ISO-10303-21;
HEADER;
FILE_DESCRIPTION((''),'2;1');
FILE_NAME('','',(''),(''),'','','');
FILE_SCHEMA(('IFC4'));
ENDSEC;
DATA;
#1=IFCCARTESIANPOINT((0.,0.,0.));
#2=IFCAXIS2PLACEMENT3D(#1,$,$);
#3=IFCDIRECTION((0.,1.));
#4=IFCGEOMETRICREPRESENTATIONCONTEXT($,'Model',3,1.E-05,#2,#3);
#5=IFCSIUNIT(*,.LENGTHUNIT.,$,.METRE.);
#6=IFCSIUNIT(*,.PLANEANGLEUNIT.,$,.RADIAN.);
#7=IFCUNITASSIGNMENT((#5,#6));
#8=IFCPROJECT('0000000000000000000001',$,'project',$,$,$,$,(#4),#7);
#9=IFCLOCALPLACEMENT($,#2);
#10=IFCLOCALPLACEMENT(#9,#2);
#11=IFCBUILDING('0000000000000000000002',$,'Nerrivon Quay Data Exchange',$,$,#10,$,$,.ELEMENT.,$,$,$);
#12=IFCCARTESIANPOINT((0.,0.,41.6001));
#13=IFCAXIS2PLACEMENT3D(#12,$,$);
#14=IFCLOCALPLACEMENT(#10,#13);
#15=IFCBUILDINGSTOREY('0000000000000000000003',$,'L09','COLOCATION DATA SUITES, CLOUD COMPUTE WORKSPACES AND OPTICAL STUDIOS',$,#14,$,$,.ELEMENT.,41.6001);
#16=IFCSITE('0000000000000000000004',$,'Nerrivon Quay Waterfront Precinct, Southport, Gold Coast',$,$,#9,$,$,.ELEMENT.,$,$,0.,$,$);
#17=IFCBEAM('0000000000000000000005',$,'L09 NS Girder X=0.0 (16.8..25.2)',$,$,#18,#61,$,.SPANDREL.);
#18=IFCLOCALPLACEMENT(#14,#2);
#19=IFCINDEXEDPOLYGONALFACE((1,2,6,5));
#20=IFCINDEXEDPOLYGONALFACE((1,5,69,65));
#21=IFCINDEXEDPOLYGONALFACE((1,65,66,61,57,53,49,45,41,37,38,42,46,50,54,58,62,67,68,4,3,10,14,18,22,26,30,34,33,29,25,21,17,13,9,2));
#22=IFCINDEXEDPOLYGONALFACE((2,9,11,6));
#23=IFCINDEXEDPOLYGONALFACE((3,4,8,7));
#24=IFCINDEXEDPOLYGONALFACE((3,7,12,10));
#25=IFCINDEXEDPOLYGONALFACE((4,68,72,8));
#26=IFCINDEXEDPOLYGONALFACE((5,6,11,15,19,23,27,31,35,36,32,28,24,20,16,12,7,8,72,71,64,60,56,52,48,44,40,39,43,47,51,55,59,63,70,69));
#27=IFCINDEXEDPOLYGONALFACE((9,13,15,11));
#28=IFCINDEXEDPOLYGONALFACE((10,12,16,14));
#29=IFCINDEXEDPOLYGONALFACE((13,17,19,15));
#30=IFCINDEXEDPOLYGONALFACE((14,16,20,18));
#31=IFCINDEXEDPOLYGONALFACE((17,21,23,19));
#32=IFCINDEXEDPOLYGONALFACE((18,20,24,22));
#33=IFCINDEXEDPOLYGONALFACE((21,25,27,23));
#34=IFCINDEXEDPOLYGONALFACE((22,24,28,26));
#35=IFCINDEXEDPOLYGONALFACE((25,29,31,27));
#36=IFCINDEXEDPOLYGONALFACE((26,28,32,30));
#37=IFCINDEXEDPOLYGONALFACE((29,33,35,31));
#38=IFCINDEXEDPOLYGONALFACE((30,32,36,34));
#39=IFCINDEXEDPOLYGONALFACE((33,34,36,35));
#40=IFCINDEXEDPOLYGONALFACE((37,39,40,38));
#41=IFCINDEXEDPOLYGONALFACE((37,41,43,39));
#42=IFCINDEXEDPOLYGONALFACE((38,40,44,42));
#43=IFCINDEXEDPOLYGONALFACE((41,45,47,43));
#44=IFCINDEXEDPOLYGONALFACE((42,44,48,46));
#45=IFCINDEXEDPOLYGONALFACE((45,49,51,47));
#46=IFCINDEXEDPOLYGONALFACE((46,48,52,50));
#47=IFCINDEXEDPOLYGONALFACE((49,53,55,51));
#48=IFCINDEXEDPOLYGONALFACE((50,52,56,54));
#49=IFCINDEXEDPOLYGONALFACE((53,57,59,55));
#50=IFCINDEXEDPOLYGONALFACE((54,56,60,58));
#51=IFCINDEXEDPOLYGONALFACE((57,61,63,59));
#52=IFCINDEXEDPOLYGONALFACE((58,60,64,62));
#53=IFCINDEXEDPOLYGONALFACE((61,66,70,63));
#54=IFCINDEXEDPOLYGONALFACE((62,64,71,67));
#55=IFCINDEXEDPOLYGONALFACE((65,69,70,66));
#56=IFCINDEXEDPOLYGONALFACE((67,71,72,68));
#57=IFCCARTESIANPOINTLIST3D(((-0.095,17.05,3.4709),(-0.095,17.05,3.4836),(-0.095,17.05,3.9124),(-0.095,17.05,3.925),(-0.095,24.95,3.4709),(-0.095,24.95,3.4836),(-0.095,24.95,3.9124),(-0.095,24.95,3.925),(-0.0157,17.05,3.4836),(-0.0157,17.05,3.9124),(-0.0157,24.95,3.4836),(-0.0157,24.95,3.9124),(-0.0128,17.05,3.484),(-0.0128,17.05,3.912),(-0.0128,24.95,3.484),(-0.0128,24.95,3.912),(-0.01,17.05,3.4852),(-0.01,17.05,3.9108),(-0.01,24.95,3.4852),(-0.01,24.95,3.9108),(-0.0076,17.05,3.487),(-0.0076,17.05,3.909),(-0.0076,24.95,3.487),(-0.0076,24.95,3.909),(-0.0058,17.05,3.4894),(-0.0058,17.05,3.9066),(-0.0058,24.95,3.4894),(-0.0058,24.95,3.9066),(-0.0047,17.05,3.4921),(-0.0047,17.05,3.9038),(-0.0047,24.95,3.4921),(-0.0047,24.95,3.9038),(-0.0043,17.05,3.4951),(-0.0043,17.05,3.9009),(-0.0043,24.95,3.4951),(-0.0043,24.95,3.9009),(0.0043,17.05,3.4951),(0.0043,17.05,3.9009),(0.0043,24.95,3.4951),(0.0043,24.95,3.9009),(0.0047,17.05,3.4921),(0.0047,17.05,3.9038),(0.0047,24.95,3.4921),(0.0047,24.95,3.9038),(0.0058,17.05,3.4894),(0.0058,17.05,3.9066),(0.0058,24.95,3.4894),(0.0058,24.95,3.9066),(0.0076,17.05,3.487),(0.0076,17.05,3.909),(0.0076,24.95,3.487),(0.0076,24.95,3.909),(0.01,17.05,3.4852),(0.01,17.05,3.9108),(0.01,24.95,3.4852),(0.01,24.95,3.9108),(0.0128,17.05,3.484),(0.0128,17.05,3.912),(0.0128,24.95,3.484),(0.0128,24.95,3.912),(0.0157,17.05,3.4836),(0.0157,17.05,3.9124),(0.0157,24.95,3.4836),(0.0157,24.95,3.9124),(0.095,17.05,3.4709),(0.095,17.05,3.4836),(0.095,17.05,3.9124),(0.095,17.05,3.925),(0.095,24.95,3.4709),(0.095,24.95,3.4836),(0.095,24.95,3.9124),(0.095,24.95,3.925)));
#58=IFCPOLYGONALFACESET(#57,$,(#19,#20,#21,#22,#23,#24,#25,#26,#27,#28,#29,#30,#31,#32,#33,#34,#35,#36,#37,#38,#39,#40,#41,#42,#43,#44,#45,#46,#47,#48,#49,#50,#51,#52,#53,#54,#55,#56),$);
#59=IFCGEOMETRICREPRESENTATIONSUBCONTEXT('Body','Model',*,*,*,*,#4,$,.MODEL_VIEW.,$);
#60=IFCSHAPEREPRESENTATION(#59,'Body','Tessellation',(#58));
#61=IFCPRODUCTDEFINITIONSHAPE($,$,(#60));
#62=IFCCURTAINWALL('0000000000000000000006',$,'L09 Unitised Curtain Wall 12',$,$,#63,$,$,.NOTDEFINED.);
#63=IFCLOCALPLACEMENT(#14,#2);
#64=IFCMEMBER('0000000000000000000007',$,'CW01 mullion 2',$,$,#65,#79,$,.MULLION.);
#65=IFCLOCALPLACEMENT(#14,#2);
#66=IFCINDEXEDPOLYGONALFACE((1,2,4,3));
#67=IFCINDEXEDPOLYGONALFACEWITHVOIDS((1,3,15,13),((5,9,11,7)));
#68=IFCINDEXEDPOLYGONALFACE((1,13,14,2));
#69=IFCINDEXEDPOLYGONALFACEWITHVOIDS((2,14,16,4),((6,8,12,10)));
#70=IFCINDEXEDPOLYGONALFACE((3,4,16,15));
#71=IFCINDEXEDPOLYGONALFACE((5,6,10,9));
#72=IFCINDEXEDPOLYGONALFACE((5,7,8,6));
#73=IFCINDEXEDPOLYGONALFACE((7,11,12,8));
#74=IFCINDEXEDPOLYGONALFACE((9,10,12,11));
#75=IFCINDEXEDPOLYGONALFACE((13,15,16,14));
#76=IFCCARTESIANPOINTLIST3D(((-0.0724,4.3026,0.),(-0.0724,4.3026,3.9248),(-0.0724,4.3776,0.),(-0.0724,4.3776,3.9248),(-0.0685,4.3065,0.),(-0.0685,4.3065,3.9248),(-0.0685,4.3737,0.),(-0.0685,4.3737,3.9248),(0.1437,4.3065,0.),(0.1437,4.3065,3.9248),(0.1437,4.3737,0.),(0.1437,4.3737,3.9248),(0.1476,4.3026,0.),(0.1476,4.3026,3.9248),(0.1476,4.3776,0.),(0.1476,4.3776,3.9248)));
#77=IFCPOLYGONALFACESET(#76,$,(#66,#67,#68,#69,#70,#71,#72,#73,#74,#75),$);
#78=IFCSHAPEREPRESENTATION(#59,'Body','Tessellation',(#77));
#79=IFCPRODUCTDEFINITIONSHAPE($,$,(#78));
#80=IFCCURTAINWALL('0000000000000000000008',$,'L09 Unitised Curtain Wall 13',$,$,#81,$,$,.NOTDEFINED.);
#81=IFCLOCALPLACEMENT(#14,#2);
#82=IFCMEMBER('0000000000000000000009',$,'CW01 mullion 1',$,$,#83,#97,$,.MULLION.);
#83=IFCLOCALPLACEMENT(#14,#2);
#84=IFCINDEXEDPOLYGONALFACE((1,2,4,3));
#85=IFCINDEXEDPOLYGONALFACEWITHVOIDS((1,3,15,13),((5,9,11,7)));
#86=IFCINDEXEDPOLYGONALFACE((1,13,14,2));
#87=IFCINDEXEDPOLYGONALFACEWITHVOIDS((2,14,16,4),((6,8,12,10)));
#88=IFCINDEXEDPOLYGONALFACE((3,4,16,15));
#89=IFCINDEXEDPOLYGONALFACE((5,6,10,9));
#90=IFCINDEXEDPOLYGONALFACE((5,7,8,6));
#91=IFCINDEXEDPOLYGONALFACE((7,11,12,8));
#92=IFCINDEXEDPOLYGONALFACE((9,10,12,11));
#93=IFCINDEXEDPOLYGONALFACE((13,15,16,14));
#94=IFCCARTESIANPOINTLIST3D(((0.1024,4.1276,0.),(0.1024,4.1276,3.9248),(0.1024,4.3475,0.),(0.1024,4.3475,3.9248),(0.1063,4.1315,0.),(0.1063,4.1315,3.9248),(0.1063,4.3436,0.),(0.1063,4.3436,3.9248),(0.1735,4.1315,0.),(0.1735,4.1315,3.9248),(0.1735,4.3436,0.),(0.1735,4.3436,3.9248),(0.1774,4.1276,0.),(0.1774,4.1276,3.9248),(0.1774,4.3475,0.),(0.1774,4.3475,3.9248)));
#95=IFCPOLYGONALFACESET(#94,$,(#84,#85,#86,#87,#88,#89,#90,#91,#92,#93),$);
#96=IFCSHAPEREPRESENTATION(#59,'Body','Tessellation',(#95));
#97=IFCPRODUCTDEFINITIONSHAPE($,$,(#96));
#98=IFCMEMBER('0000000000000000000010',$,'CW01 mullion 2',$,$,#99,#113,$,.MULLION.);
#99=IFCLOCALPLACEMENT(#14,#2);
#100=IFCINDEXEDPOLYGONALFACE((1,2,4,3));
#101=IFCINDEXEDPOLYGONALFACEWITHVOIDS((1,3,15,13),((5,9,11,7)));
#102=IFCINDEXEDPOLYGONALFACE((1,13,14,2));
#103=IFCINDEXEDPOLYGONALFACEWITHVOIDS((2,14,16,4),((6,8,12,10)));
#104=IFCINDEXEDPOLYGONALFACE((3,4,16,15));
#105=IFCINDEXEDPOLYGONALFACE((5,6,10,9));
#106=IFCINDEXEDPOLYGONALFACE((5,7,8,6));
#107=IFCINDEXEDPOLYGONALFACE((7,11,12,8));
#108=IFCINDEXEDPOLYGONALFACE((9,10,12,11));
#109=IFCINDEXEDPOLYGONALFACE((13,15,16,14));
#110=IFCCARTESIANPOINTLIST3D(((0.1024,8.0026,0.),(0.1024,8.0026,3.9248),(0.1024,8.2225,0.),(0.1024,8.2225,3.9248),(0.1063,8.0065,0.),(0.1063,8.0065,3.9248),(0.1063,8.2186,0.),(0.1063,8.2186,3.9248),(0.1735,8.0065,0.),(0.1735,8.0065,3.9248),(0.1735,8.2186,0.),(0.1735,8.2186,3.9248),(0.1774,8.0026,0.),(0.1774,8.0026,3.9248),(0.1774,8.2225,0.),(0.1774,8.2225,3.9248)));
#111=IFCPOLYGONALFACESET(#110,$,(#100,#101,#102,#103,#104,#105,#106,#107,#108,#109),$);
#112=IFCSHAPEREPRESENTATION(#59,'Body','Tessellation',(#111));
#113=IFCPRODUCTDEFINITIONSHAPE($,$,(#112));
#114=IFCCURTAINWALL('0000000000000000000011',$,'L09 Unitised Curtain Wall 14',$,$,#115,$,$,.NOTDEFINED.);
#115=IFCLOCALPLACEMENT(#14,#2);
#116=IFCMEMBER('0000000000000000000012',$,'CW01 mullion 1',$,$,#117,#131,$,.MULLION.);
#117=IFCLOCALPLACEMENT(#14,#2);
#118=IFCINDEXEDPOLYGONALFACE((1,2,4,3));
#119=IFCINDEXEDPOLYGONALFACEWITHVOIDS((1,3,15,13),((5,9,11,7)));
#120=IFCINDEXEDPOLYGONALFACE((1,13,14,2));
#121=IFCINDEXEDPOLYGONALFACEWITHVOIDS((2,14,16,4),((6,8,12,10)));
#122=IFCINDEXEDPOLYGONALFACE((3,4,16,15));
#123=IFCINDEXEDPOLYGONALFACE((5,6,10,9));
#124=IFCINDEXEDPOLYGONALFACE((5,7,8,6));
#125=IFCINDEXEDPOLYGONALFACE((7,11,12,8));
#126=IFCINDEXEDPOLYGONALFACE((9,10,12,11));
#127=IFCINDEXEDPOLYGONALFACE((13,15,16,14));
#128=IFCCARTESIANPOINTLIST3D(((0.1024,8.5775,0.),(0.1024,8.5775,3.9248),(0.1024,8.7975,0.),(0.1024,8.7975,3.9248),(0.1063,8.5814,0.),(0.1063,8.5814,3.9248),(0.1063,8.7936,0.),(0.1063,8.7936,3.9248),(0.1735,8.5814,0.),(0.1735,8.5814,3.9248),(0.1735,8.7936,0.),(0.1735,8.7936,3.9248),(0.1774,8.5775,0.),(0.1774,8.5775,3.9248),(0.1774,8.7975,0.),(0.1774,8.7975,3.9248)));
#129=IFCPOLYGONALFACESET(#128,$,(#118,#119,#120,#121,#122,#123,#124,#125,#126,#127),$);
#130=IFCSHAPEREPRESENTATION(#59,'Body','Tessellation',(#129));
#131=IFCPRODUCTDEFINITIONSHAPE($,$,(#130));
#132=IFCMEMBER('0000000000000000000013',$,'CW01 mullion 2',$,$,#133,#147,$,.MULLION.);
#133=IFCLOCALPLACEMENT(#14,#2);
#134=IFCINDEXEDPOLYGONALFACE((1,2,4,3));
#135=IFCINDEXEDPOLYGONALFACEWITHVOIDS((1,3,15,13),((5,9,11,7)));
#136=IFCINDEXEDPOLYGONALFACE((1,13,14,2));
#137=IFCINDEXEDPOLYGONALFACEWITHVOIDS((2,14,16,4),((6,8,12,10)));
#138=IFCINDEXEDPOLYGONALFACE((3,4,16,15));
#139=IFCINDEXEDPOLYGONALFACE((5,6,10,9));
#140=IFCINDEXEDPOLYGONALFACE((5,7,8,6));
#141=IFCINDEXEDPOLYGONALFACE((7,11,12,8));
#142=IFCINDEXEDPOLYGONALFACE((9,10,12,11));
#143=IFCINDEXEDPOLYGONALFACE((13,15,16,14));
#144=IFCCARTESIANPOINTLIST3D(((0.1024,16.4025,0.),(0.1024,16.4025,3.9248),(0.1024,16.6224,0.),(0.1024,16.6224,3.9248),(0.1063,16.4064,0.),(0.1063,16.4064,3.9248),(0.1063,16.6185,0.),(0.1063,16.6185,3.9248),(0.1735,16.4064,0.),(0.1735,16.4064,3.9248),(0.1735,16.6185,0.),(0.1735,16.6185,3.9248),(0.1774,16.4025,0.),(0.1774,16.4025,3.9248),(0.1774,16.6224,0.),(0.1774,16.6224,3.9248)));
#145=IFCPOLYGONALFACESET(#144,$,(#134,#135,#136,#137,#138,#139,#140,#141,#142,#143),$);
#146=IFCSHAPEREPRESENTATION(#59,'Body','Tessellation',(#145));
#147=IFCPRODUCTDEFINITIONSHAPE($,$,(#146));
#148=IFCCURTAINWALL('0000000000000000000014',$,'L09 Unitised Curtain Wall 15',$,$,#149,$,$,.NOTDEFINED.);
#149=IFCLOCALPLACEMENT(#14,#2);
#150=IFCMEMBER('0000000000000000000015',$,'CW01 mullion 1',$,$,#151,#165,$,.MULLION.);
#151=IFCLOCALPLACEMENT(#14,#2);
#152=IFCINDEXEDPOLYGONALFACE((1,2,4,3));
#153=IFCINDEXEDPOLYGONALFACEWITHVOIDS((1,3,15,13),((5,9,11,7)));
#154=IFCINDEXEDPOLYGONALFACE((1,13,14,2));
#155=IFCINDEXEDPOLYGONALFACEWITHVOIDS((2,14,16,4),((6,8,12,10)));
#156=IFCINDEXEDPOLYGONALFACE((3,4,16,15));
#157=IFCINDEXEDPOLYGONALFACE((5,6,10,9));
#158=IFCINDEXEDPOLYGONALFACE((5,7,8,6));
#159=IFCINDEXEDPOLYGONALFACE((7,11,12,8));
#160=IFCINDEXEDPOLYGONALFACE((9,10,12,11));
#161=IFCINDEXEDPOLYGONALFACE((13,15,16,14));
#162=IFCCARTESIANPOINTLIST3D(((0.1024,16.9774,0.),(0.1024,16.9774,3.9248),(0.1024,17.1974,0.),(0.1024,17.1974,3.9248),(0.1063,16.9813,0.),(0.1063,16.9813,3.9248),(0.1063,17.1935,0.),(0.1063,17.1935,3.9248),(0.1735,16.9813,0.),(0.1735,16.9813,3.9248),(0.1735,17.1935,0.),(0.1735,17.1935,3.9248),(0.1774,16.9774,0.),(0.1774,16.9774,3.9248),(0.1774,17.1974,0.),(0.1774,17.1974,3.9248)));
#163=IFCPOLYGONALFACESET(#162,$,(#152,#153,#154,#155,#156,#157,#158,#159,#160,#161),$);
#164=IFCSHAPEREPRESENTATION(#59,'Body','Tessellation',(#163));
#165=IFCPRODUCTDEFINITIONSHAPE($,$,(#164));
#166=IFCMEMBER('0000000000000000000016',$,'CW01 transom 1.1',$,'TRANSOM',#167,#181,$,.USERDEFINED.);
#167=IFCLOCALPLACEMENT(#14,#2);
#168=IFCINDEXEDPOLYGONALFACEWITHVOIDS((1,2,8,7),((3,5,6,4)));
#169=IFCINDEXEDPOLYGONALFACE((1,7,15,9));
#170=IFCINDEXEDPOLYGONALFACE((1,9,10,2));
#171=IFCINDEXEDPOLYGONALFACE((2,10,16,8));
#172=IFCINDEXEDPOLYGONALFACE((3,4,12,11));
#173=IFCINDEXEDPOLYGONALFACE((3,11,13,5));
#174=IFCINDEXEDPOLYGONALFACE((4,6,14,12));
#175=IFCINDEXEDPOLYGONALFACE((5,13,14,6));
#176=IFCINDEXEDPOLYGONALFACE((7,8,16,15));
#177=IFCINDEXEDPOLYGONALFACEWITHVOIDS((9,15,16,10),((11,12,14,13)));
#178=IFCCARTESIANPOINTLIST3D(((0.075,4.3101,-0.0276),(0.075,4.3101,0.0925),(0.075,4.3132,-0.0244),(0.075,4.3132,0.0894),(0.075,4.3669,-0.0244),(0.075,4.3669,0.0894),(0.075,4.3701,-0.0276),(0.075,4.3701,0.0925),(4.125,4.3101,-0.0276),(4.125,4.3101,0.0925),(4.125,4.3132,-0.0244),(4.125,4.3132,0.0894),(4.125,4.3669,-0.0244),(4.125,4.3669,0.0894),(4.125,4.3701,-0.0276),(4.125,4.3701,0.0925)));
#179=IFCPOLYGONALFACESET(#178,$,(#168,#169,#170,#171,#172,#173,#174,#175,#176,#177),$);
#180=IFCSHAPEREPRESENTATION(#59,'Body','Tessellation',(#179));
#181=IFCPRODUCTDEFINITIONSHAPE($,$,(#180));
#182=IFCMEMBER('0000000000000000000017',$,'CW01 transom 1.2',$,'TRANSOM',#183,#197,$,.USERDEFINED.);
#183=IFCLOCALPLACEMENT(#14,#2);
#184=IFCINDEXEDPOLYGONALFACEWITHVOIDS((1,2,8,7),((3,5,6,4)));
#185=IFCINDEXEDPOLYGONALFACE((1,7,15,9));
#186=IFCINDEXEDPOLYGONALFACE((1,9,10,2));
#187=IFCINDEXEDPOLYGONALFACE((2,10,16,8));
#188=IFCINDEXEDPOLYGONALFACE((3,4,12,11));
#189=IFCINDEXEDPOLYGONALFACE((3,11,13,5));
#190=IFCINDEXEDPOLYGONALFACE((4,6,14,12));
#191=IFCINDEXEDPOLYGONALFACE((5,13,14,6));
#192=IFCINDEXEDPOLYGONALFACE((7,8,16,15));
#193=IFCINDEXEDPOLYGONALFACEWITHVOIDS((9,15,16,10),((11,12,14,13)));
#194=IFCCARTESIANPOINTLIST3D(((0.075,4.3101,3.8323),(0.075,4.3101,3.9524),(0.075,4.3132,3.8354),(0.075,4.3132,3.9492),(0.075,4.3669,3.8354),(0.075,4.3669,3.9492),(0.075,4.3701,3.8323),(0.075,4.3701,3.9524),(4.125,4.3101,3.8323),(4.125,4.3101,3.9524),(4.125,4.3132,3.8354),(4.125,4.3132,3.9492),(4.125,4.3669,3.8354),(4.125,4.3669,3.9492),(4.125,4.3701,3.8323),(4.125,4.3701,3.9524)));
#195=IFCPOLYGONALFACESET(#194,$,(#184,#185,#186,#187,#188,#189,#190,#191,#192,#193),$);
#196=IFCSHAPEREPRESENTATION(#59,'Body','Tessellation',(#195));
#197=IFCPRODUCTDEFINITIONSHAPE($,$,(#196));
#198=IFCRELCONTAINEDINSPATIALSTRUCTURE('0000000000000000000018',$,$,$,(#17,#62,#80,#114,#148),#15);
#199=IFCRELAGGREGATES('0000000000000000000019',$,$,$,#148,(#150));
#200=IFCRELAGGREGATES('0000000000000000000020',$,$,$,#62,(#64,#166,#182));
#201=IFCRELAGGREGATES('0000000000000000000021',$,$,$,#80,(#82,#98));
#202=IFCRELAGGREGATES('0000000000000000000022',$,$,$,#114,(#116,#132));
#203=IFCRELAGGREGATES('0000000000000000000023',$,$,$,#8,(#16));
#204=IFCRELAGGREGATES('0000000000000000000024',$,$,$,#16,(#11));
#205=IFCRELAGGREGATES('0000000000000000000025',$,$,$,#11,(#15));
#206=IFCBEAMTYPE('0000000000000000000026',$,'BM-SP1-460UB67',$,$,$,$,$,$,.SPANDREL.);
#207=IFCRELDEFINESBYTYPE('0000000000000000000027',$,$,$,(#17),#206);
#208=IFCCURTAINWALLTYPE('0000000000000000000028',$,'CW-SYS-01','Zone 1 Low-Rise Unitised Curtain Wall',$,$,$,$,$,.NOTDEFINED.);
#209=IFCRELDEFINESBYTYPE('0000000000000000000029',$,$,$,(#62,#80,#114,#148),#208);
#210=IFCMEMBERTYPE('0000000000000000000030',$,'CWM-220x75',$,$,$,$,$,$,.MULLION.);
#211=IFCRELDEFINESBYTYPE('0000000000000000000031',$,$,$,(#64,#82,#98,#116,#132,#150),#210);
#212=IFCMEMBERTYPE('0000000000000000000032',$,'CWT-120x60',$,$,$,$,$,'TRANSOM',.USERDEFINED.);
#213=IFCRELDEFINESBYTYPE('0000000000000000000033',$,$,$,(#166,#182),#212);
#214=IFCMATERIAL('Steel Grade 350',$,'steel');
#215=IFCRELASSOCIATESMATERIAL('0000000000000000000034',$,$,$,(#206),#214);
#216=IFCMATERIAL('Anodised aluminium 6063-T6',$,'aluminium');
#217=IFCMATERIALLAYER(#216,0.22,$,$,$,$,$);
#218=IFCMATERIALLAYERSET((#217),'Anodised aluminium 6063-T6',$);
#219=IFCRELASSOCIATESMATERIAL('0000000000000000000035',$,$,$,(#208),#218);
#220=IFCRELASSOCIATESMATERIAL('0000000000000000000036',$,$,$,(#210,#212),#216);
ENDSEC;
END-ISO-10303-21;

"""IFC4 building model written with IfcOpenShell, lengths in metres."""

from ifc_helpers import new_model, si_unit, direction, frame, origin, origin_2d, place, context, subcontext, project, spatial, hollow_rectangle, i_section, extrude, material, layer, layer_set, material_profile, profile_set, type_object, element, aggregate, save


model = new_model("IFC4")

# Units and contexts
model_context = context("Model", 3, precision=1e-05, world=origin(), true_north=direction((0.0, 1.0)))
body_context = subcontext(model_context, "Body", "Model", "MODEL_VIEW")
ifc_project = project(units=[si_unit("LENGTHUNIT", "METRE"), si_unit("PLANEANGLEUNIT", "RADIAN")], contexts=[model_context])

# Site, building, storey
site_placement = place(None, origin())
site = spatial("IfcSite", under=ifc_project, at=site_placement, Name="Nerrivon Quay Waterfront Precinct, Southport, Gold Coast", CompositionType="ELEMENT", RefElevation=0.0)
building_placement = place(site_placement, origin())
building = spatial("IfcBuilding", under=site, at=building_placement, Name="Nerrivon Quay Data Exchange", CompositionType="ELEMENT")
storey_placement = place(building_placement, frame((0.0, 0.0, 41.6001)))
storey = spatial("IfcBuildingStorey", under=building, at=storey_placement, Name="L09", Description="COLOCATION DATA SUITES, CLOUD COMPUTE WORKSPACES AND OPTICAL STUDIOS", CompositionType="ELEMENT", Elevation=41.6001)

# Shared definitions
ifc_material_1 = material(Name="Steel Grade 350", Category="steel")

# Beam
ifc_material_profile_1 = material_profile(ifc_material_1, i_section(OverallWidth=0.1899, OverallDepth=0.4541, WebThickness=0.0085, FlangeThickness=0.0127, FilletRadius=0.0115, at=origin_2d()), Name="460UB67.1")
ifc_profile_set_1 = profile_set([ifc_material_profile_1], Name="Steel Grade 350")
beam_type_1 = type_object("IfcBeamType", Name="BM-SP1-460UB67", PredefinedType="SPANDREL", material=ifc_profile_set_1)
beam_1_placement = place(storey_placement, frame((0.0, 17.05, 3.698), z_axis=(0.0, 1.0, 0.0), x_axis=(-1.0, 0.0, 0.0)))
element("IfcBeam", 1, at=beam_1_placement, inside=storey, type_object=beam_type_1, Name="L09 NS Girder X=0.0 (16.8..25.2)", PredefinedType="SPANDREL", context=body_context, shape_type="SweptSolid", body=[
    extrude(i_section(OverallWidth=0.1899, OverallDepth=0.4541, WebThickness=0.0085, FlangeThickness=0.0127, FilletRadius=0.0115, at=origin_2d()), origin(), (0.0, 0.0, 1.0), 7.8999),
])

# Curtain wall, member
ifc_material_2 = material(Name="Anodised aluminium 6063-T6", Category="aluminium")
ifc_layer_1 = layer(ifc_material_2, 0.22)
ifc_layer_set_1 = layer_set([ifc_layer_1], Name="Anodised aluminium 6063-T6")
curtain_wall_type = type_object("IfcCurtainWallType", Name="CW-SYS-01", Description="Zone 1 Low-Rise Unitised Curtain Wall", PredefinedType="NOTDEFINED", material=ifc_layer_set_1)
curtain_wall_1_placement = place(storey_placement, origin())
curtain_wall_1 = element("IfcCurtainWall", 2, at=curtain_wall_1_placement, inside=storey, type_object=curtain_wall_type, Name="L09 Unitised Curtain Wall 12", PredefinedType="NOTDEFINED")
ifc_material_profile_2 = material_profile(ifc_material_2, hollow_rectangle(XDim=0.075, YDim=0.22, WallThickness=0.0039, at=origin_2d()), Name="ALU-MULL-220x75")
ifc_profile_set_2 = profile_set([ifc_material_profile_2], Name="Anodised aluminium 6063-T6")
member_type_1 = type_object("IfcMemberType", Name="CWM-220x75", PredefinedType="MULLION", material=ifc_profile_set_2)
member_1_placement = place(storey_placement, frame((0.0376, 4.3401, 0.0), z_axis=(0.0, 0.0, 1.0), x_axis=(0.0, -1.0, 0.0)))
member_1 = element("IfcMember", 3, at=member_1_placement, type_object=member_type_1, Name="CW01 mullion 2", PredefinedType="MULLION", context=body_context, shape_type="SweptSolid", body=[
    extrude(hollow_rectangle(XDim=0.075, YDim=0.22, WallThickness=0.0039, at=origin_2d()), origin(), (0.0, 0.0, 1.0), 3.9248),
])

# Curtain walls, members
curtain_wall_2_placement = place(storey_placement, origin())
curtain_wall_2 = element("IfcCurtainWall", 4, at=curtain_wall_2_placement, inside=storey, type_object=curtain_wall_type, Name="L09 Unitised Curtain Wall 13", PredefinedType="NOTDEFINED")
member_2_placement = place(storey_placement, frame((0.1399, 4.2375, 0.0), z_axis=(0.0, 0.0, 1.0), x_axis=(-1.0, 0.0, 0.0)))
member_2 = element("IfcMember", 5, at=member_2_placement, type_object=member_type_1, Name="CW01 mullion 1", PredefinedType="MULLION", context=body_context, shape_type="SweptSolid", body=[
    extrude(hollow_rectangle(XDim=0.075, YDim=0.22, WallThickness=0.0039, at=origin_2d()), origin(), (0.0, 0.0, 1.0), 3.9248),
])
member_3_placement = place(storey_placement, frame((0.1399, 8.1125, 0.0), z_axis=(0.0, 0.0, 1.0), x_axis=(-1.0, 0.0, 0.0)))
member_3 = element("IfcMember", 6, at=member_3_placement, type_object=member_type_1, Name="CW01 mullion 2", PredefinedType="MULLION", context=body_context, shape_type="SweptSolid", body=[
    extrude(hollow_rectangle(XDim=0.075, YDim=0.22, WallThickness=0.0039, at=origin_2d()), origin(), (0.0, 0.0, 1.0), 3.9248),
])
curtain_wall_3_placement = place(storey_placement, origin())
curtain_wall_3 = element("IfcCurtainWall", 7, at=curtain_wall_3_placement, inside=storey, type_object=curtain_wall_type, Name="L09 Unitised Curtain Wall 14", PredefinedType="NOTDEFINED")
member_4_placement = place(storey_placement, frame((0.1399, 8.6875, 0.0), z_axis=(0.0, 0.0, 1.0), x_axis=(-1.0, 0.0, 0.0)))
member_4 = element("IfcMember", 8, at=member_4_placement, type_object=member_type_1, Name="CW01 mullion 1", PredefinedType="MULLION", context=body_context, shape_type="SweptSolid", body=[
    extrude(hollow_rectangle(XDim=0.075, YDim=0.22, WallThickness=0.0039, at=origin_2d()), origin(), (0.0, 0.0, 1.0), 3.9248),
])
member_5_placement = place(storey_placement, frame((0.1399, 16.5125, 0.0), z_axis=(0.0, 0.0, 1.0), x_axis=(-1.0, 0.0, 0.0)))
member_5 = element("IfcMember", 9, at=member_5_placement, type_object=member_type_1, Name="CW01 mullion 2", PredefinedType="MULLION", context=body_context, shape_type="SweptSolid", body=[
    extrude(hollow_rectangle(XDim=0.075, YDim=0.22, WallThickness=0.0039, at=origin_2d()), origin(), (0.0, 0.0, 1.0), 3.9248),
])

# Curtain wall, member
curtain_wall_4_placement = place(storey_placement, origin())
curtain_wall_4 = element("IfcCurtainWall", 10, at=curtain_wall_4_placement, inside=storey, type_object=curtain_wall_type, Name="L09 Unitised Curtain Wall 15", PredefinedType="NOTDEFINED")
member_6_placement = place(storey_placement, frame((0.1399, 17.0874, 0.0), z_axis=(0.0, 0.0, 1.0), x_axis=(-1.0, 0.0, 0.0)))
member_6 = element("IfcMember", 11, at=member_6_placement, type_object=member_type_1, Name="CW01 mullion 1", PredefinedType="MULLION", context=body_context, shape_type="SweptSolid", body=[
    extrude(hollow_rectangle(XDim=0.075, YDim=0.22, WallThickness=0.0039, at=origin_2d()), origin(), (0.0, 0.0, 1.0), 3.9248),
])

# Members
ifc_material_profile_3 = material_profile(ifc_material_2, hollow_rectangle(XDim=0.0601, YDim=0.1201, WallThickness=0.0032, at=origin_2d()), Name="ALU-TRAN-120x60")
ifc_profile_set_3 = profile_set([ifc_material_profile_3], Name="Anodised aluminium 6063-T6")
member_type_2 = type_object("IfcMemberType", Name="CWT-120x60", ElementType="TRANSOM", PredefinedType="USERDEFINED", material=ifc_profile_set_3)
member_7_placement = place(storey_placement, frame((4.125, 4.3401, 0.0325), z_axis=(-1.0, 0.0, 0.0), x_axis=(0.0, -1.0, 0.0)))
member_7 = element("IfcMember", 12, at=member_7_placement, type_object=member_type_2, Name="CW01 transom 1.1", ObjectType="TRANSOM", PredefinedType="USERDEFINED", context=body_context, shape_type="SweptSolid", body=[
    extrude(hollow_rectangle(XDim=0.0601, YDim=0.1201, WallThickness=0.0032, at=origin_2d()), origin(), (0.0, 0.0, 1.0), 4.05),
])
member_8_placement = place(storey_placement, frame((4.125, 4.3401, 3.8923), z_axis=(-1.0, 0.0, 0.0), x_axis=(0.0, -1.0, 0.0)))
member_8 = element("IfcMember", 13, at=member_8_placement, type_object=member_type_2, Name="CW01 transom 1.2", ObjectType="TRANSOM", PredefinedType="USERDEFINED", context=body_context, shape_type="SweptSolid", body=[
    extrude(hollow_rectangle(XDim=0.0601, YDim=0.1201, WallThickness=0.0032, at=origin_2d()), origin(), (0.0, 0.0, 1.0), 4.05),
])
aggregate(curtain_wall_4, [member_6])

aggregate(curtain_wall_1, [member_1, member_7, member_8])
aggregate(curtain_wall_2, [member_2, member_3])
aggregate(curtain_wall_3, [member_4, member_5])

save(model, "model.ifc")
